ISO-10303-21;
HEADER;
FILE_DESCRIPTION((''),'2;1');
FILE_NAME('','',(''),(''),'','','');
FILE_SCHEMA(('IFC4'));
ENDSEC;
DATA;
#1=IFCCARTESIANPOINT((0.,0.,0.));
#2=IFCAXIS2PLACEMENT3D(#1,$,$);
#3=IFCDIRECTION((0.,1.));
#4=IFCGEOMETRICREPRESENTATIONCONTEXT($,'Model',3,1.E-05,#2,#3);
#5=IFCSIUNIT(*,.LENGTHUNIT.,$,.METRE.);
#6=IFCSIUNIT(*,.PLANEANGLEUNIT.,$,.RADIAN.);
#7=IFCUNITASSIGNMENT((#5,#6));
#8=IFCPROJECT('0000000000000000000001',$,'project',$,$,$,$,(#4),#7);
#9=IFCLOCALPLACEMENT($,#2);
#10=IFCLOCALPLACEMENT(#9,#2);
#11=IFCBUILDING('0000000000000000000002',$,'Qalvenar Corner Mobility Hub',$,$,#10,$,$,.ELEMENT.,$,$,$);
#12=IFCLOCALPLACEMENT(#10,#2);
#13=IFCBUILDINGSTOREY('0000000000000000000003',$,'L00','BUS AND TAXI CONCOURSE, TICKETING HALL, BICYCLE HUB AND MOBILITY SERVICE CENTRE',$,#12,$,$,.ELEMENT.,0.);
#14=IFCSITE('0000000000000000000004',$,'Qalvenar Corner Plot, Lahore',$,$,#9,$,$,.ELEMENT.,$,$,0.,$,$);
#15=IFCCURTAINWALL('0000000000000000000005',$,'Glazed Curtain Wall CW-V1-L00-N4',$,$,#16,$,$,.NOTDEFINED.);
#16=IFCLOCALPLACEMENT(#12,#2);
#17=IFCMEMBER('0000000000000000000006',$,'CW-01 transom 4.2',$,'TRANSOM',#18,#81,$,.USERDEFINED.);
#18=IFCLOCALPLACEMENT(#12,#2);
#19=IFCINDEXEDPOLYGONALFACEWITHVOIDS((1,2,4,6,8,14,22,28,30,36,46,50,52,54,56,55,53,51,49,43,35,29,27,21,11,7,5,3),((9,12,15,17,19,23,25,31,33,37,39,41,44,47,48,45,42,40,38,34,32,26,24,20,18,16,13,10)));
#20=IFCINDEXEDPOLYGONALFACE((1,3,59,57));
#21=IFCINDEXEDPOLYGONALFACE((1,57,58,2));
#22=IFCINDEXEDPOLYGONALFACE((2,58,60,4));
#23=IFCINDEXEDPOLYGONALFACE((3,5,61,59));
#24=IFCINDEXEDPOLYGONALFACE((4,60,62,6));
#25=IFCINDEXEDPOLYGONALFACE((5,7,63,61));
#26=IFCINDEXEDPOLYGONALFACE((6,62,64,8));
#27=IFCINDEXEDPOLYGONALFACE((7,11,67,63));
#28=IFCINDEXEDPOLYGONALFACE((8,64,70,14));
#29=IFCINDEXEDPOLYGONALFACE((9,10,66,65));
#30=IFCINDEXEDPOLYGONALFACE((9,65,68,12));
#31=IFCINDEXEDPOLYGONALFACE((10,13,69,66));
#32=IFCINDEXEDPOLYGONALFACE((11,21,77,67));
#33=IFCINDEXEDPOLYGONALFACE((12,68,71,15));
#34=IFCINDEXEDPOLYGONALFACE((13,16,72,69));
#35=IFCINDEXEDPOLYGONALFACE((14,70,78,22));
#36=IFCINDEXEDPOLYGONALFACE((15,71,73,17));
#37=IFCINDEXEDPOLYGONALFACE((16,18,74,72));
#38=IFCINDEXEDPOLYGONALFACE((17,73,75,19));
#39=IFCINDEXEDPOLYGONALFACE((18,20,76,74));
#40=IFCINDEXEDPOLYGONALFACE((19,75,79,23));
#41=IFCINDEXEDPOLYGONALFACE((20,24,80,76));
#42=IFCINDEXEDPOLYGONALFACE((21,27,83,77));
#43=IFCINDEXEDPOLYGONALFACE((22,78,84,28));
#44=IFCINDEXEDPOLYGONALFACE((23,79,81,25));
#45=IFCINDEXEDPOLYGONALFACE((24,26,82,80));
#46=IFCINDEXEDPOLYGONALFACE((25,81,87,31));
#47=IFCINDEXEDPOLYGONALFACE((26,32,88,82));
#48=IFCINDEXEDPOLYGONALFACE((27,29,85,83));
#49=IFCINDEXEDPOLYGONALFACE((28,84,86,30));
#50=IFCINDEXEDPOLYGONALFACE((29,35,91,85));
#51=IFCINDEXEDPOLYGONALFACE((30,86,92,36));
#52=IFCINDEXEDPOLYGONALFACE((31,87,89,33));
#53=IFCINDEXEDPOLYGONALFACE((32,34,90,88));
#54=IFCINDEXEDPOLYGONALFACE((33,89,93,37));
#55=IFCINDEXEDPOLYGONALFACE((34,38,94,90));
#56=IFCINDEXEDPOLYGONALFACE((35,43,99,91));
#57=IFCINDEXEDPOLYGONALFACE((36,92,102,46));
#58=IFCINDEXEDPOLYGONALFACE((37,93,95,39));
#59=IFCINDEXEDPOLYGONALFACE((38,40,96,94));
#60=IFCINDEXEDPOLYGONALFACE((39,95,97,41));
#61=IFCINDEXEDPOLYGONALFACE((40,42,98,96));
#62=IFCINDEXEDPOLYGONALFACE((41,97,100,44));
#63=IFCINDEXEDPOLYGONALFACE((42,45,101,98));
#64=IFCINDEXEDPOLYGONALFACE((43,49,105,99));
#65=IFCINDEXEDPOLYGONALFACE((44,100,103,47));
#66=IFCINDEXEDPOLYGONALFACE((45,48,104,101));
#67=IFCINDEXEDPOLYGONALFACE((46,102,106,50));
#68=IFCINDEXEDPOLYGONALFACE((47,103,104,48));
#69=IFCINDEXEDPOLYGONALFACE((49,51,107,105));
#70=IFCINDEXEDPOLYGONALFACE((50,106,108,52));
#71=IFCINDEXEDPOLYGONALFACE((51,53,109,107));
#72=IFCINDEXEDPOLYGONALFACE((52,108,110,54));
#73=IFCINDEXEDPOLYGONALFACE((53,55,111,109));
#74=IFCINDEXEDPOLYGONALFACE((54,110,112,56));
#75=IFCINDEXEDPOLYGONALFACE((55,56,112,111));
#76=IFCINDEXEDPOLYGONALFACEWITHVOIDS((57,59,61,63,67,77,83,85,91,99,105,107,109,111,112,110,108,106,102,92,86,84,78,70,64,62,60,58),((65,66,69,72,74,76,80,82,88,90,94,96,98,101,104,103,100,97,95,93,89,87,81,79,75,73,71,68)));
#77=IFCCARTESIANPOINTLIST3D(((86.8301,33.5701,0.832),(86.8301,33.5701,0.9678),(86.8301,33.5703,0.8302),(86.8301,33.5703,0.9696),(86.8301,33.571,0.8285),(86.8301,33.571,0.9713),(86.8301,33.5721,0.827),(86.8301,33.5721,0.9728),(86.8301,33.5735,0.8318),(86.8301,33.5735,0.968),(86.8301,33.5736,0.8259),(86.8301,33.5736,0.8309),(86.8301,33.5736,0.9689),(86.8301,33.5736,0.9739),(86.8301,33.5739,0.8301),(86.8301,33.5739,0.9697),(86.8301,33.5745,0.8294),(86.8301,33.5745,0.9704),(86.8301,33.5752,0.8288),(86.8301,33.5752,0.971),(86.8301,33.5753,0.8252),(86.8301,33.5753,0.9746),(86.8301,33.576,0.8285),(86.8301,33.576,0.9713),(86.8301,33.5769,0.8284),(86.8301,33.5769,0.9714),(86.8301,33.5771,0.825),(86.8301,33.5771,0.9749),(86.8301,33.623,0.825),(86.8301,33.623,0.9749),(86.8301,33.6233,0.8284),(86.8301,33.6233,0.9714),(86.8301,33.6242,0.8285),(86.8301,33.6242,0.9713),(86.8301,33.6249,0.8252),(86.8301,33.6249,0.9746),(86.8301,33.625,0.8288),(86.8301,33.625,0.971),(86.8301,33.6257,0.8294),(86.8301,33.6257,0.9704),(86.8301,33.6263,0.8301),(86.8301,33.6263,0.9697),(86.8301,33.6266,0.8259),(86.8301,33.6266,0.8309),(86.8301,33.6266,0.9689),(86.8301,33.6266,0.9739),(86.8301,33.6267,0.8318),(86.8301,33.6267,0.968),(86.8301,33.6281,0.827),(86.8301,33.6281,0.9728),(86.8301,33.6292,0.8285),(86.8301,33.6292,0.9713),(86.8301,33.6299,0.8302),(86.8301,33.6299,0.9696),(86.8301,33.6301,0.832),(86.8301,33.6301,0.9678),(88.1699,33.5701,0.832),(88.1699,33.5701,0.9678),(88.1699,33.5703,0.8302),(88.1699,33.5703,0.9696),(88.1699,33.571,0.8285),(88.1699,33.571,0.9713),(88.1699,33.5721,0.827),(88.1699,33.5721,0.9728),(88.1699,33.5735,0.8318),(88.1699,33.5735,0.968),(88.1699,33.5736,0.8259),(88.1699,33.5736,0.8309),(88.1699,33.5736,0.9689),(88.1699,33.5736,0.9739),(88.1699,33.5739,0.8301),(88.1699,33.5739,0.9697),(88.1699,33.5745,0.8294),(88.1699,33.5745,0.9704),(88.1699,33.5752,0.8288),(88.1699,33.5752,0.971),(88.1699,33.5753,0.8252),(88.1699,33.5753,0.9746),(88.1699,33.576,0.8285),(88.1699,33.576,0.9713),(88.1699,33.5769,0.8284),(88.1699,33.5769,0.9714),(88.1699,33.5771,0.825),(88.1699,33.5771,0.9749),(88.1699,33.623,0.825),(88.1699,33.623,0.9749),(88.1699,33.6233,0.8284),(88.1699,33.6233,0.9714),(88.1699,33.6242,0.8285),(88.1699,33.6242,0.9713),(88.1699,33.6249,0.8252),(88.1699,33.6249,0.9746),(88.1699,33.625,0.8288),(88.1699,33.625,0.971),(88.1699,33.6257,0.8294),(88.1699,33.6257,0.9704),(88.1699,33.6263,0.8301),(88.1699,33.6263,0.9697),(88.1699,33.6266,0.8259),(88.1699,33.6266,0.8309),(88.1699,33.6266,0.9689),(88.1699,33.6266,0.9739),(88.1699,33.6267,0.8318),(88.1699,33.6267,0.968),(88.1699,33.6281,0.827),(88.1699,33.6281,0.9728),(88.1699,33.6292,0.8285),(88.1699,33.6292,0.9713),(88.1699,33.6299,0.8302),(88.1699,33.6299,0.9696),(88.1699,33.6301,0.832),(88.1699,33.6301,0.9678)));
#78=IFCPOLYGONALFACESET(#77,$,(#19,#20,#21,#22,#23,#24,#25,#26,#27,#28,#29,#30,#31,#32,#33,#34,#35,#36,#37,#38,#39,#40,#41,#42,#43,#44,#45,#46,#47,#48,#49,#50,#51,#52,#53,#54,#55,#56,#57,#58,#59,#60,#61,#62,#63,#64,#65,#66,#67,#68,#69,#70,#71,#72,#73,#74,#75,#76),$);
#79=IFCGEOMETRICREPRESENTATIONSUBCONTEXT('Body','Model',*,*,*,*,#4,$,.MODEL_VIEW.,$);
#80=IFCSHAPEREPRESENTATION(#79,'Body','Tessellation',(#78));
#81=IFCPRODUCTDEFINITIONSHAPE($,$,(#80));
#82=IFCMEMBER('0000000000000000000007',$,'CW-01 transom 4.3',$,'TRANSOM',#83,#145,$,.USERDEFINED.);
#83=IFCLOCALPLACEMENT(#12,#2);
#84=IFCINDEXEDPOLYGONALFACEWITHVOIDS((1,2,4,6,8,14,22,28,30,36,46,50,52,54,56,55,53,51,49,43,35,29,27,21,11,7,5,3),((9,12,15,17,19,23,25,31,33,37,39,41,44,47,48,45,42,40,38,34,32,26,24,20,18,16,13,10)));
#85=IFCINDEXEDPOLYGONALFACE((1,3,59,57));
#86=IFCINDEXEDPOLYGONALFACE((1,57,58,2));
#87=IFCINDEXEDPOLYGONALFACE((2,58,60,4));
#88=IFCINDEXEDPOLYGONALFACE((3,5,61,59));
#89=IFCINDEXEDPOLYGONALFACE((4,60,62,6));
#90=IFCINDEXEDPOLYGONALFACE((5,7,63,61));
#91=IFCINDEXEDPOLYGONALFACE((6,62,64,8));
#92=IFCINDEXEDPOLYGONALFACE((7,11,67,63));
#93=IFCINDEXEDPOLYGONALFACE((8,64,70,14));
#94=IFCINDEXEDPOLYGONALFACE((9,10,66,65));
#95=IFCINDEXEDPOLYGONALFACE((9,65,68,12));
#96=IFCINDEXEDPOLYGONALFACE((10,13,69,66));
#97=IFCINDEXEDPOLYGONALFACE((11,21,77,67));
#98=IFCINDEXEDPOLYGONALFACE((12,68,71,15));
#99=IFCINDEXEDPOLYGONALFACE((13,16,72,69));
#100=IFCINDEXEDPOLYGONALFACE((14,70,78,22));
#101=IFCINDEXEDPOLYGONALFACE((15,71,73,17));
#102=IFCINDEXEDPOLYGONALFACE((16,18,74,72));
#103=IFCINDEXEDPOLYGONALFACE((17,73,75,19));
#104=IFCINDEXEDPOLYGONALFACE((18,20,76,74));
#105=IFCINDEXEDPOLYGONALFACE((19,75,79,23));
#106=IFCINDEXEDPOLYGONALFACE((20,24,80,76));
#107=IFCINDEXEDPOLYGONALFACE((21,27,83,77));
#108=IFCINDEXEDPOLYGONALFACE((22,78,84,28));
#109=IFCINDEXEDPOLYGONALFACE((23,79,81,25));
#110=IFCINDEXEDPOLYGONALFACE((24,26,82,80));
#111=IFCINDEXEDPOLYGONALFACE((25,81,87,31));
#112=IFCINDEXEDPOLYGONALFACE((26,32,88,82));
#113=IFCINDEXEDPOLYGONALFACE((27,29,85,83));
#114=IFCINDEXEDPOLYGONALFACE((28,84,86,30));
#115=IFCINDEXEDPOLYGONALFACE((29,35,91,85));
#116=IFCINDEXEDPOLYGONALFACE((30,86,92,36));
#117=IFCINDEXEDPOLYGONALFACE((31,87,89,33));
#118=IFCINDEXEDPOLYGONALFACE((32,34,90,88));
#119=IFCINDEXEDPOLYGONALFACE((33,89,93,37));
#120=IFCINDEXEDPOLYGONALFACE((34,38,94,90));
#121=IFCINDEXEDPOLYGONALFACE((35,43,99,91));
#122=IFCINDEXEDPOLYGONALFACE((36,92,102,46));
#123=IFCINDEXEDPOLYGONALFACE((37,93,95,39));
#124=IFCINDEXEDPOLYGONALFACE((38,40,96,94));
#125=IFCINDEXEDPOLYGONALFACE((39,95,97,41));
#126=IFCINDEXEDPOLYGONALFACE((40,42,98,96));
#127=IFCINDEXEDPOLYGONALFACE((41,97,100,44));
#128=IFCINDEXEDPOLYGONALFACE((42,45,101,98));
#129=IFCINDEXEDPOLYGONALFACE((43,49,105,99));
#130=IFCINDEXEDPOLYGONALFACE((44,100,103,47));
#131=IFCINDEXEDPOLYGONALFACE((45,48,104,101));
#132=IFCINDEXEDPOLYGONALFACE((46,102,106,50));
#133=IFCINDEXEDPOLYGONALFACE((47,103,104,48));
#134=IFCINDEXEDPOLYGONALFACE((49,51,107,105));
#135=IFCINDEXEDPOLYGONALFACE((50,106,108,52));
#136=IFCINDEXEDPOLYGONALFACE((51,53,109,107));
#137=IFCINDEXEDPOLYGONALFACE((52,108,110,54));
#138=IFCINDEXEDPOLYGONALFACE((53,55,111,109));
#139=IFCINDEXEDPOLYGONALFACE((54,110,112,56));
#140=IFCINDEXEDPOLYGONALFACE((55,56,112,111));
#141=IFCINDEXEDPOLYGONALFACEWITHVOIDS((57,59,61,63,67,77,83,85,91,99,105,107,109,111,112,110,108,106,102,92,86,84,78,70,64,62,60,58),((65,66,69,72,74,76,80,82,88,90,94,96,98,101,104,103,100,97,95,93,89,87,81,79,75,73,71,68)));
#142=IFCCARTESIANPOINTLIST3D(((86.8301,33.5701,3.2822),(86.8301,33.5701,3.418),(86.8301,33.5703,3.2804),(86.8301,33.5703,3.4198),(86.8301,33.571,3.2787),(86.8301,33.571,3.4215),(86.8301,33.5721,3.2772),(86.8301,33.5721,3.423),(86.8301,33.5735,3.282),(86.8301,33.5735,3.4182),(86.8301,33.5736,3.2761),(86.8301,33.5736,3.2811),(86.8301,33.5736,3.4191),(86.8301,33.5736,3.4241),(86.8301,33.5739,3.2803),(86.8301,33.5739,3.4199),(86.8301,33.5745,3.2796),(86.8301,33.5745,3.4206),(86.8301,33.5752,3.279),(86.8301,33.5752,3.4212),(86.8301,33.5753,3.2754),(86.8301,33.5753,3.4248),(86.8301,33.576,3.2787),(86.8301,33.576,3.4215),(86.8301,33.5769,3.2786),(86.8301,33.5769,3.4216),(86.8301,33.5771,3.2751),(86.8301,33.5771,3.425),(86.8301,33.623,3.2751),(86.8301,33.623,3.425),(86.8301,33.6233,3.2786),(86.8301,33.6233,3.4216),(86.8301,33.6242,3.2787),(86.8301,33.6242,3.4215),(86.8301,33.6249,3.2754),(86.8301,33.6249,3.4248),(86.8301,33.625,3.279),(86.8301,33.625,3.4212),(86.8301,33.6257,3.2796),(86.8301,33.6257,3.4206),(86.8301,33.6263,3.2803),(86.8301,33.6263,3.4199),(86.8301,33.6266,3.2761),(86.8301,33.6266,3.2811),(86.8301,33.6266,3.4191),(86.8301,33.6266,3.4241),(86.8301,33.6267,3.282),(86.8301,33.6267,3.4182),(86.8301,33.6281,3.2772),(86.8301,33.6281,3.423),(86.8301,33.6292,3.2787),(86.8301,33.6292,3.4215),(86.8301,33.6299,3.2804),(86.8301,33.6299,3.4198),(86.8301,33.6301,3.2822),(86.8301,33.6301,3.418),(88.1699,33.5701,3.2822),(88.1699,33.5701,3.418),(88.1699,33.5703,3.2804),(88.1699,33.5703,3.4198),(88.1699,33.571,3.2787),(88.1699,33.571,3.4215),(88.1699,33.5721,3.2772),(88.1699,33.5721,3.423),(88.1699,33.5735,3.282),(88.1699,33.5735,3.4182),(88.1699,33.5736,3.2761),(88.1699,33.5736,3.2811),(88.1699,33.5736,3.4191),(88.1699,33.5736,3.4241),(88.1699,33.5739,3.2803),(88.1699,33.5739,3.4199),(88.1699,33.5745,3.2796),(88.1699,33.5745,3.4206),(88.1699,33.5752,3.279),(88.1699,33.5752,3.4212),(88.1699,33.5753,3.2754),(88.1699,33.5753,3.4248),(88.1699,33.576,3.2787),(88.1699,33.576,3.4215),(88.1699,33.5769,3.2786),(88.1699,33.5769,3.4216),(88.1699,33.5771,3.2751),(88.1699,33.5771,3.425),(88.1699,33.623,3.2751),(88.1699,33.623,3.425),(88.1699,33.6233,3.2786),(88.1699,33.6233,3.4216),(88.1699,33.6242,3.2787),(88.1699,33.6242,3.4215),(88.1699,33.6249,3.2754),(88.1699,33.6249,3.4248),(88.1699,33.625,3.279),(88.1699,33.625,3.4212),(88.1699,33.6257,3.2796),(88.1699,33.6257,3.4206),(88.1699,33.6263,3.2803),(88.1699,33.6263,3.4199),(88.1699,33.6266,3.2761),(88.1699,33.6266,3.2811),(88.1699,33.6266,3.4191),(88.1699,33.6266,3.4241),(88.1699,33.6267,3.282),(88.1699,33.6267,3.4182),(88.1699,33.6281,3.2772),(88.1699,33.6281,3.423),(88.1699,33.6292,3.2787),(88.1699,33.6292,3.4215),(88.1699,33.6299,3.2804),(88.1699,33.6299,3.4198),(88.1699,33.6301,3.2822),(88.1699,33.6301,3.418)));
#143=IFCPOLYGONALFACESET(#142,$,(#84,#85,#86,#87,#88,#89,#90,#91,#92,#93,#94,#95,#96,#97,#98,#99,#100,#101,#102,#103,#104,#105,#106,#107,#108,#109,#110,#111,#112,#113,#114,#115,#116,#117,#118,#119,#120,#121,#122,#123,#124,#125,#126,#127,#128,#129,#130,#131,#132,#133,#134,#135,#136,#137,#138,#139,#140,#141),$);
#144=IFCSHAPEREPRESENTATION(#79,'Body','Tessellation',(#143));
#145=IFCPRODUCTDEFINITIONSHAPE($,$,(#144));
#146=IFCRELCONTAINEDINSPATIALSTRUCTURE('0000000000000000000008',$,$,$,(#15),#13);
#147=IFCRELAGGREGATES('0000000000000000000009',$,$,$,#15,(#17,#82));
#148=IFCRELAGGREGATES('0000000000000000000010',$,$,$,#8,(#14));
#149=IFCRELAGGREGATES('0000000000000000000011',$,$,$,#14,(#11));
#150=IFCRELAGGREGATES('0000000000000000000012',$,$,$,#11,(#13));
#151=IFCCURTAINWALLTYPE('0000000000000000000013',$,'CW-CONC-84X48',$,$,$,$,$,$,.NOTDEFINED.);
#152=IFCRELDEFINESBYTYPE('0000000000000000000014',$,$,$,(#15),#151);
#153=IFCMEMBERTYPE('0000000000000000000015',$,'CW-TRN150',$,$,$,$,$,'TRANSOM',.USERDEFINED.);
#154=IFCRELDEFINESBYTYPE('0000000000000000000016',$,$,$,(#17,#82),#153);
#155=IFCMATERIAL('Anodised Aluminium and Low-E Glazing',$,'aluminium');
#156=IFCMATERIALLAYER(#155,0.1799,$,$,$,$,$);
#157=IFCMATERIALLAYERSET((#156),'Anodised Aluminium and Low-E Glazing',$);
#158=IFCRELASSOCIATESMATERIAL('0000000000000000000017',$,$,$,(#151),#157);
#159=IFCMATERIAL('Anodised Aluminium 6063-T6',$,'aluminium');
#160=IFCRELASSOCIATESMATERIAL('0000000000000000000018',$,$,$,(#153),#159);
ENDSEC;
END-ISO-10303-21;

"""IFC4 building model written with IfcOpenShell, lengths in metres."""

from ifc_helpers import new_model, si_unit, direction, frame, origin, origin_2d, place, context, subcontext, project, spatial, hollow_rectangle, extrude, material, layer, layer_set, material_profile, profile_set, type_object, element, aggregate, save


model = new_model("IFC4")

# Units and contexts
model_context = context("Model", 3, precision=1e-05, world=origin(), true_north=direction((0.0, 1.0)))
body_context = subcontext(model_context, "Body", "Model", "MODEL_VIEW")
ifc_project = project(units=[si_unit("LENGTHUNIT", "METRE"), si_unit("PLANEANGLEUNIT", "RADIAN")], contexts=[model_context])

# Site, building, storey
site_placement = place(None, origin())
site = spatial("IfcSite", under=ifc_project, at=site_placement, Name="Qalvenar Corner Plot, Lahore", CompositionType="ELEMENT", RefElevation=0.0)
building_placement = place(site_placement, origin())
building = spatial("IfcBuilding", under=site, at=building_placement, Name="Qalvenar Corner Mobility Hub", CompositionType="ELEMENT")
storey_placement = place(building_placement, origin())
storey = spatial("IfcBuildingStorey", under=building, at=storey_placement, Name="L00", Description="BUS AND TAXI CONCOURSE, TICKETING HALL, BICYCLE HUB AND MOBILITY SERVICE CENTRE", CompositionType="ELEMENT", Elevation=0.0)

# Curtain wall, members
ifc_material_1 = material(Name="Anodised Aluminium and Low-E Glazing", Category="aluminium")
ifc_layer_1 = layer(ifc_material_1, 0.1799)
ifc_layer_set_1 = layer_set([ifc_layer_1], Name="Anodised Aluminium and Low-E Glazing")
curtain_wall_type = type_object("IfcCurtainWallType", Name="CW-CONC-84X48", PredefinedType="NOTDEFINED", material=ifc_layer_set_1)
curtain_wall_placement = place(storey_placement, origin())
curtain_wall = element("IfcCurtainWall", 1, at=curtain_wall_placement, inside=storey, type_object=curtain_wall_type, Name="Glazed Curtain Wall CW-V1-L00-N4", PredefinedType="NOTDEFINED")
ifc_material_2 = material(Name="Anodised Aluminium 6063-T6", Category="aluminium")
ifc_material_profile_1 = material_profile(ifc_material_2, hollow_rectangle(XDim=0.0601, YDim=0.1499, WallThickness=0.0034, InnerFilletRadius=0.0034, OuterFilletRadius=0.0071, at=origin_2d()), Name="RHS150x60x3.5")
ifc_profile_set_1 = profile_set([ifc_material_profile_1], Name="Anodised Aluminium 6063-T6")
member_type_1 = type_object("IfcMemberType", Name="CW-TRN150", ElementType="TRANSOM", PredefinedType="USERDEFINED", material=ifc_profile_set_1)
member_1_placement = place(storey_placement, frame((88.1699, 33.6001, 0.8999), z_axis=(-1.0, 0.0, 0.0), x_axis=(0.0, -1.0, 0.0)))
member_1 = element("IfcMember", 2, at=member_1_placement, type_object=member_type_1, Name="CW-01 transom 4.2", ObjectType="TRANSOM", PredefinedType="USERDEFINED", context=body_context, shape_type="SweptSolid", body=[
    extrude(hollow_rectangle(XDim=0.0601, YDim=0.1499, WallThickness=0.0034, InnerFilletRadius=0.0034, OuterFilletRadius=0.0071, at=origin_2d()), origin(), (0.0, 0.0, 1.0), 1.3398),
])
member_2_placement = place(storey_placement, frame((88.1699, 33.6001, 3.3501), z_axis=(-1.0, 0.0, 0.0), x_axis=(0.0, -1.0, 0.0)))
member_2 = element("IfcMember", 3, at=member_2_placement, type_object=member_type_1, Name="CW-01 transom 4.3", ObjectType="TRANSOM", PredefinedType="USERDEFINED", context=body_context, shape_type="SweptSolid", body=[
    extrude(hollow_rectangle(XDim=0.0601, YDim=0.1499, WallThickness=0.0034, InnerFilletRadius=0.0034, OuterFilletRadius=0.0071, at=origin_2d()), origin(), (0.0, 0.0, 1.0), 1.3398),
])

aggregate(curtain_wall, [member_1, member_2])

save(model, "model.ifc")
